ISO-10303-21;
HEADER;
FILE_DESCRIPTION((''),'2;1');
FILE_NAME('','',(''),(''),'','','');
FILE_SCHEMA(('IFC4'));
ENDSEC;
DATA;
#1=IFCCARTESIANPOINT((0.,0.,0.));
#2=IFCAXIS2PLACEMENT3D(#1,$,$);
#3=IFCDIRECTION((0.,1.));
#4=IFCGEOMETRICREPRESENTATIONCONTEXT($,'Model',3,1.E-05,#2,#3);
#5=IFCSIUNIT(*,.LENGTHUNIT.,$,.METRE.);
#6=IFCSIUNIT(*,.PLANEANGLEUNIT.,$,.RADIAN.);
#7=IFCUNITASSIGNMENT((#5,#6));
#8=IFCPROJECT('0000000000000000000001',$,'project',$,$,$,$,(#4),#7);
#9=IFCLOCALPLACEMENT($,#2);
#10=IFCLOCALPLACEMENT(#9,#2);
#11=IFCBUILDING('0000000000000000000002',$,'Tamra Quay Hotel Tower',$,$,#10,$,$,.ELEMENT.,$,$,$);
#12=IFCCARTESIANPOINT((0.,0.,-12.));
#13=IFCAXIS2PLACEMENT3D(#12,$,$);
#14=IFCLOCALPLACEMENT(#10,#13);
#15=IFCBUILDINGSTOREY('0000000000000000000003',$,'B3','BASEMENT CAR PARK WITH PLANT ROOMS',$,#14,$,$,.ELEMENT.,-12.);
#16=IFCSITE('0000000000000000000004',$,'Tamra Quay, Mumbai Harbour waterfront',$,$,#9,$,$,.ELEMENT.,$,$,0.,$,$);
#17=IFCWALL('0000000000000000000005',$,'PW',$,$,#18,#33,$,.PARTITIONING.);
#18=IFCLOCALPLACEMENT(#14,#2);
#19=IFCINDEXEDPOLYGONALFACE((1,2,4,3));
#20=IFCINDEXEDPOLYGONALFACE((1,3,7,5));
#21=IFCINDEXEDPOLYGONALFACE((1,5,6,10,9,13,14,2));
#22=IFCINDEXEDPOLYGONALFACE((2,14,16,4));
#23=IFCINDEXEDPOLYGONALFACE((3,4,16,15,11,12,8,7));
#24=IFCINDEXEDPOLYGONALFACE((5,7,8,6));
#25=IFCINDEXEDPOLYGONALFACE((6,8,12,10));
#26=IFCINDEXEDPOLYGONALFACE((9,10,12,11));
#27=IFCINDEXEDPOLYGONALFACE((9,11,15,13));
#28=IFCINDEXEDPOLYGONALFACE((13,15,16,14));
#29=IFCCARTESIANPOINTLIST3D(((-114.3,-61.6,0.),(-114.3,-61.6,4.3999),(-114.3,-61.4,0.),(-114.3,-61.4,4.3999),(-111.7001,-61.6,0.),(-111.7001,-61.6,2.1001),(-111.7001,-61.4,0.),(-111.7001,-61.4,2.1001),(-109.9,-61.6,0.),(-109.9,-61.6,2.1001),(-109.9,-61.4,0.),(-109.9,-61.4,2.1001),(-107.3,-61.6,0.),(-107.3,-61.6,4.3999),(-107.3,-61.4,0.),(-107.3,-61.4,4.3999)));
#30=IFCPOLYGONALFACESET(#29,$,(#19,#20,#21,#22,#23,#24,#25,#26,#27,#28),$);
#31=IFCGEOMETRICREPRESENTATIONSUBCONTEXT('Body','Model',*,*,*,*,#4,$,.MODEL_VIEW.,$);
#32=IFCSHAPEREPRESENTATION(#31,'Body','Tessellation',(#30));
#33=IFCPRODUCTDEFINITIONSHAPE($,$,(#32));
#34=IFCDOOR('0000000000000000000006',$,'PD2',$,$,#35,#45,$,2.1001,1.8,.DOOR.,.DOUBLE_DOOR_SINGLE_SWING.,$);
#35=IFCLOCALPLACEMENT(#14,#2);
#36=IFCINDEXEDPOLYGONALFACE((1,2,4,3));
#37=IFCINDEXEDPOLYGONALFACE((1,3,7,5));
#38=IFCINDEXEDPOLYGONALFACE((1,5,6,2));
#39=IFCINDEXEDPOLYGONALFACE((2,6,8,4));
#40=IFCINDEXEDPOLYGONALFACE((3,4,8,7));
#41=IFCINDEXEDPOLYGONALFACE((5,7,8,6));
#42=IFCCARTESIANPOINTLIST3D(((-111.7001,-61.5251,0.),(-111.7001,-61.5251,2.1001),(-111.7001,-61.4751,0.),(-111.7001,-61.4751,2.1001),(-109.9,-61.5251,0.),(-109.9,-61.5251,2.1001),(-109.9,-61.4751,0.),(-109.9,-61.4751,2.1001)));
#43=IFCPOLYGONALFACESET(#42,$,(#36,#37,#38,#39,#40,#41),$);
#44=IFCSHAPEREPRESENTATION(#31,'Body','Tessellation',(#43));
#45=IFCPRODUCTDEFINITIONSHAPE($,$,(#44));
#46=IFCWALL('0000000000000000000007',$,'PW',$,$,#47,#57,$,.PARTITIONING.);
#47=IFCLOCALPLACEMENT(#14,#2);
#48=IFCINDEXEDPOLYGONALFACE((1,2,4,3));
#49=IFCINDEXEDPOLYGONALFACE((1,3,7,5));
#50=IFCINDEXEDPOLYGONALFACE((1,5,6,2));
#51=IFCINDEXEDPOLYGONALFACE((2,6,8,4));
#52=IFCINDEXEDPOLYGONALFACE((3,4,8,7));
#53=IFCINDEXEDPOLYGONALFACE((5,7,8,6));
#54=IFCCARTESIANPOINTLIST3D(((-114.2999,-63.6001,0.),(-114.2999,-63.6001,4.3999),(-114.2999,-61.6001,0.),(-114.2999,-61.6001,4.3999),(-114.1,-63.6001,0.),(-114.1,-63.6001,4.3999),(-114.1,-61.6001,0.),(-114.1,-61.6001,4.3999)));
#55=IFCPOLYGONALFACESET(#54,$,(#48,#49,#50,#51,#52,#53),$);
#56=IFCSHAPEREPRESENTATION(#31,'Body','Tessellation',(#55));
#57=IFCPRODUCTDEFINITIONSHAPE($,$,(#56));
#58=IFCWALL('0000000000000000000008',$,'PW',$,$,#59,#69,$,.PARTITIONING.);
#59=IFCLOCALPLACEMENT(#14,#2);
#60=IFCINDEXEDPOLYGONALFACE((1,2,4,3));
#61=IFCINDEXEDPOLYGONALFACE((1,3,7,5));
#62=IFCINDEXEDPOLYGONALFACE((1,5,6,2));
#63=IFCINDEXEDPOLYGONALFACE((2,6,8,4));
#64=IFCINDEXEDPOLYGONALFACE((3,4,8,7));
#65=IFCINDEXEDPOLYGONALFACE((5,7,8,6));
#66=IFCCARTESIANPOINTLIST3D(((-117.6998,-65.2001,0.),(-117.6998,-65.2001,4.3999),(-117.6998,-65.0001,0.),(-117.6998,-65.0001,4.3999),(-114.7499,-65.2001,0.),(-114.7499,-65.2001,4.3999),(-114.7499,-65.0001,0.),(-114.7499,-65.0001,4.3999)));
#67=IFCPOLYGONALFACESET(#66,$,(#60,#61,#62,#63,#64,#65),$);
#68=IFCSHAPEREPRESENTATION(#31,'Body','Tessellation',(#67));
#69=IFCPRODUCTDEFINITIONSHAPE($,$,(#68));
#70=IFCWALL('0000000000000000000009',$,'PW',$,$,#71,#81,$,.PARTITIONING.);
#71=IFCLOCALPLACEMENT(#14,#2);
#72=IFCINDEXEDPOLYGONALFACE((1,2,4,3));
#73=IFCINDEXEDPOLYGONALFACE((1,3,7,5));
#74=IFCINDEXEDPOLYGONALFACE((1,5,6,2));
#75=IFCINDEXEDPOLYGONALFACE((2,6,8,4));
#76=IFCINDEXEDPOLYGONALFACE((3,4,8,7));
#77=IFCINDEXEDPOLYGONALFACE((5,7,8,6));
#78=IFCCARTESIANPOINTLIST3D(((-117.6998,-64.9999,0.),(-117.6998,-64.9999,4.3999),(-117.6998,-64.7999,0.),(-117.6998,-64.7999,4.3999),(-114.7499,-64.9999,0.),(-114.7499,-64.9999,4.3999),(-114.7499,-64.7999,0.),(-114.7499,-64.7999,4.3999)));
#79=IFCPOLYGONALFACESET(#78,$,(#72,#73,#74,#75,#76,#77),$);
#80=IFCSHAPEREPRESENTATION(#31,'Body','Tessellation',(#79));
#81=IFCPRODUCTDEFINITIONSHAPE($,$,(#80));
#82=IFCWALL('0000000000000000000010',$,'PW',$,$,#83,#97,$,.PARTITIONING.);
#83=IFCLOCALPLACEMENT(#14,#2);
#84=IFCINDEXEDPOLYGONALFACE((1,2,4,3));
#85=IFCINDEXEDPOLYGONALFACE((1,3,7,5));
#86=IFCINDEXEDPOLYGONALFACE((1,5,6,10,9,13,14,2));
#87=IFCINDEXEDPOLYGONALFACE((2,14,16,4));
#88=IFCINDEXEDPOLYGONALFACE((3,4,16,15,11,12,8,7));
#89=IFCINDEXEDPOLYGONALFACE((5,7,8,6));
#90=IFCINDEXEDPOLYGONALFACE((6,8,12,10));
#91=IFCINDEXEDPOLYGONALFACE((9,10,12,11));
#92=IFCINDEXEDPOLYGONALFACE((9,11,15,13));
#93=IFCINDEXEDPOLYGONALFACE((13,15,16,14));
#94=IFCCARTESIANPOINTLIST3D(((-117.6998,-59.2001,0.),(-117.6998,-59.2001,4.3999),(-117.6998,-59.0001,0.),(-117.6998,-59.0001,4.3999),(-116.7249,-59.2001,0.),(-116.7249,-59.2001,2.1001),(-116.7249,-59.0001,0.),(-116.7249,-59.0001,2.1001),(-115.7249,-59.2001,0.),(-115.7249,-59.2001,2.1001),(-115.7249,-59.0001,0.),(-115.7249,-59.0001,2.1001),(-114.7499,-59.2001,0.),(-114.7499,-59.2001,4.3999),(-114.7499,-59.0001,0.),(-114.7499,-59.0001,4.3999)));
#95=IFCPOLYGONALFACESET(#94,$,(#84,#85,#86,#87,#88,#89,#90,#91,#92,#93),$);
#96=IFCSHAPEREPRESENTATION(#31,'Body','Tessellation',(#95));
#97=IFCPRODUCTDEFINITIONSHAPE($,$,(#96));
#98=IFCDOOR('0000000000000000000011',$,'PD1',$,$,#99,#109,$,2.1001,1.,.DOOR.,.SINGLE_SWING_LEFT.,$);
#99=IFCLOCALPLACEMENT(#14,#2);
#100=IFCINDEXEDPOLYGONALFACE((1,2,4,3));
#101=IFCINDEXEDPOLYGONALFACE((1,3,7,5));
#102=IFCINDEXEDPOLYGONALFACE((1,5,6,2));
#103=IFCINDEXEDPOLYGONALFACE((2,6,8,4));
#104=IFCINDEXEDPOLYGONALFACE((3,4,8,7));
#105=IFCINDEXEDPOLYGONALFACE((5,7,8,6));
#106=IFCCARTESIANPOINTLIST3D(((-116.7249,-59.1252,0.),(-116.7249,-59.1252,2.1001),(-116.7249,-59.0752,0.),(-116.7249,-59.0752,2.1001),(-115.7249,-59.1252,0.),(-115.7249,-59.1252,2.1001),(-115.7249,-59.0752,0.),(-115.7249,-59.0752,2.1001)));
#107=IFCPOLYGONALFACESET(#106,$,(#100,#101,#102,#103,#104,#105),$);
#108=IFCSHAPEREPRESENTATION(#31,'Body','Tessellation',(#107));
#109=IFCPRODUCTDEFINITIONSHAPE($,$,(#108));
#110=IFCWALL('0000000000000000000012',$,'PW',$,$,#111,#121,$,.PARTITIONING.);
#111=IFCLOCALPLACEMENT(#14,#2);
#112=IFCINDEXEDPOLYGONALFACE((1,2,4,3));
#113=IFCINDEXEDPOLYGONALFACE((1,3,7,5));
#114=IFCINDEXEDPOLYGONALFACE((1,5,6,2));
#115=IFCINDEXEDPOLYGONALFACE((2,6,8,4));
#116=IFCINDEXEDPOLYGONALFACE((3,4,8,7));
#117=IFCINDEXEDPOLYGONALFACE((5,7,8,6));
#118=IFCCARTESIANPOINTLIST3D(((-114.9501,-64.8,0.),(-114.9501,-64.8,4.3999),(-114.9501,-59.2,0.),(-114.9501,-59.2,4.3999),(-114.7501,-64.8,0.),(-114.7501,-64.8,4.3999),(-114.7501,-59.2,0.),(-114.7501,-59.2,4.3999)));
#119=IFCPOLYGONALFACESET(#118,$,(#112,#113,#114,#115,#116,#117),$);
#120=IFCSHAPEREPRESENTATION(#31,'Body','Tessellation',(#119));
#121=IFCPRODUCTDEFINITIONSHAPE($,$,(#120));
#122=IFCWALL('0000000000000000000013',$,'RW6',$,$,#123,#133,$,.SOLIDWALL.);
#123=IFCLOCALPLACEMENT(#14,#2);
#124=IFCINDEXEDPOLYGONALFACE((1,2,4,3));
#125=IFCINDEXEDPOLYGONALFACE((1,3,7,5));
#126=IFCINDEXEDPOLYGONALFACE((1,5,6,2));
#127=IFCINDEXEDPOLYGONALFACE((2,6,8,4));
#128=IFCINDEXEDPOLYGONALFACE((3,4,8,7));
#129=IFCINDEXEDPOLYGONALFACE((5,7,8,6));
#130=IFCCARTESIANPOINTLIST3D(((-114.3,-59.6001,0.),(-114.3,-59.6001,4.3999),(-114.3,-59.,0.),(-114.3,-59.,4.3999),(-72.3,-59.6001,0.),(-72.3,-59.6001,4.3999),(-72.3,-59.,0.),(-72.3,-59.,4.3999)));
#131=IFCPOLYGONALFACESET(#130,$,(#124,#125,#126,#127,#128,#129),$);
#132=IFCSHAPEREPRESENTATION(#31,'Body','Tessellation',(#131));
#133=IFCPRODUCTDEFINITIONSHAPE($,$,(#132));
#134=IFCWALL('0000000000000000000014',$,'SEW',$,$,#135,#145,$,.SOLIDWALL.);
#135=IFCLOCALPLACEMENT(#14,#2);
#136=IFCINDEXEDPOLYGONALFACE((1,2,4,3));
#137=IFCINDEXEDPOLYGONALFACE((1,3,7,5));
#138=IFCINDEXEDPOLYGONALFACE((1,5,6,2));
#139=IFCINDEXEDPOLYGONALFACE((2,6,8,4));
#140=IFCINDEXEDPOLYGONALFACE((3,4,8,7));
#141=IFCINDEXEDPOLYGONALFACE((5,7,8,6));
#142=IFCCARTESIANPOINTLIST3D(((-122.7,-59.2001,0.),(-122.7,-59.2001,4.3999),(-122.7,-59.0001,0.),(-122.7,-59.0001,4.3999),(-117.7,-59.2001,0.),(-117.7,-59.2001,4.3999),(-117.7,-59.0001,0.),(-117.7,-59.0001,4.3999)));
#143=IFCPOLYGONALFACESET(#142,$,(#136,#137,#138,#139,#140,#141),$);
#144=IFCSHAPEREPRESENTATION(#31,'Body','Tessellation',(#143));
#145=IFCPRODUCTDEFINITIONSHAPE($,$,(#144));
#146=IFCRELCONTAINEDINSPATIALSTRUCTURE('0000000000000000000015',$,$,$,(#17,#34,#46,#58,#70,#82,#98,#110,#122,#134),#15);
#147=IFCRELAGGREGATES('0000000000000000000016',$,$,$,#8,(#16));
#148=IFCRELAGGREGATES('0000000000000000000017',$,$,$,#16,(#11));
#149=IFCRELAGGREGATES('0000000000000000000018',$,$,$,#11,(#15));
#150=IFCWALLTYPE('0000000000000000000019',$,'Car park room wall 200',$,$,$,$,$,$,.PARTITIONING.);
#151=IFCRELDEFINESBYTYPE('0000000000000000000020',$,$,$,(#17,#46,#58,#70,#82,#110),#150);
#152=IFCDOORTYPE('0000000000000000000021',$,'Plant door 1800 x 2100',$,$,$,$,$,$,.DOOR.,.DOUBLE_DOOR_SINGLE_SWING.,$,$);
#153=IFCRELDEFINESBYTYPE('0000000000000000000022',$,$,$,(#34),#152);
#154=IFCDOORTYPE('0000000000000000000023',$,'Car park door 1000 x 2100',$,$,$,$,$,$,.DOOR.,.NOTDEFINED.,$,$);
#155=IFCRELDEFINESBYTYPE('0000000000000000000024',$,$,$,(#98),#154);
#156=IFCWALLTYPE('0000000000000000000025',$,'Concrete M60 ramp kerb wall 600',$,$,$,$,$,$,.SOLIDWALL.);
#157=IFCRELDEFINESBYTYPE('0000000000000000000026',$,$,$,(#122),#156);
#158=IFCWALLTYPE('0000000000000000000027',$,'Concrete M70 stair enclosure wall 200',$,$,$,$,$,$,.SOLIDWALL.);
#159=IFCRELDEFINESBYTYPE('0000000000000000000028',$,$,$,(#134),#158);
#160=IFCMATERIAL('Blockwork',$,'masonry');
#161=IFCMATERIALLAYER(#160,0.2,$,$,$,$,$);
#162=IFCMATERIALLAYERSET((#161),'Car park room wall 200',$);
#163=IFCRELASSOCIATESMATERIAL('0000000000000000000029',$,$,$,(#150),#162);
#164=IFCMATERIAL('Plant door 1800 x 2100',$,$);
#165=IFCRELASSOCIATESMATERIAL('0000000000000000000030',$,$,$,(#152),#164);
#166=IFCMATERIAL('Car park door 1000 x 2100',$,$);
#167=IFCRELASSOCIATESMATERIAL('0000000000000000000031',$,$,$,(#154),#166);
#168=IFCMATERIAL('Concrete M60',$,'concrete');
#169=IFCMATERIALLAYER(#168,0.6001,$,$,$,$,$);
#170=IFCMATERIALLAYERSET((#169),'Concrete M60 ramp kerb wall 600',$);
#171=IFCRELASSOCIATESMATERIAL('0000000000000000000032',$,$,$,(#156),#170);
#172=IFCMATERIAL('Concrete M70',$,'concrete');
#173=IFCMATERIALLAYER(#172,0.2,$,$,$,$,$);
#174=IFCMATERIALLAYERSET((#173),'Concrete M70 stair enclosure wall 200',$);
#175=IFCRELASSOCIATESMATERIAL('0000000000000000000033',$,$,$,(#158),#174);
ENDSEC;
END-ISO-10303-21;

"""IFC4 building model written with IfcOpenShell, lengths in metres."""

from ifc_helpers import new_model, si_unit, direction, frame, frame_2d, origin, place, context, subcontext, project, spatial, rectangle, extrude, material, layer, layer_set, type_object, element, fill, save


model = new_model("IFC4")

# Units and contexts
model_context = context("Model", 3, precision=1e-05, world=origin(), true_north=direction((0.0, 1.0)))
body_context = subcontext(model_context, "Body", "Model", "MODEL_VIEW")
ifc_project = project(units=[si_unit("LENGTHUNIT", "METRE"), si_unit("PLANEANGLEUNIT", "RADIAN")], contexts=[model_context])

# Site, building, storey
site_placement = place(None, origin())
site = spatial("IfcSite", under=ifc_project, at=site_placement, Name="Tamra Quay, Mumbai Harbour waterfront", CompositionType="ELEMENT", RefElevation=0.0)
building_placement = place(site_placement, origin())
building = spatial("IfcBuilding", under=site, at=building_placement, Name="Tamra Quay Hotel Tower", CompositionType="ELEMENT")
storey_placement = place(building_placement, frame((0.0, 0.0, -12.0)))
storey = spatial("IfcBuildingStorey", under=building, at=storey_placement, Name="B3", Description="BASEMENT CAR PARK WITH PLANT ROOMS", CompositionType="ELEMENT", Elevation=-12.0)

# Shared definitions
ifc_material_1 = material(Name="Concrete M70", Category="concrete")

# Wall, opening, door
ifc_material_2 = material(Name="Blockwork", Category="masonry")
ifc_layer_1 = layer(ifc_material_2, 0.2)
ifc_layer_set_1 = layer_set([ifc_layer_1], Name="Car park room wall 200")
wall_type_1 = type_object("IfcWallType", Name="Car park room wall 200", PredefinedType="PARTITIONING", material=ifc_layer_set_1)
wall_1_placement = place(storey_placement, frame((-114.3, -61.5, 0.0), z_axis=(0.0, 0.0, 1.0), x_axis=(1.0, 0.0, 0.0)))
wall_1 = element("IfcWall", 1, at=wall_1_placement, inside=storey, type_object=wall_type_1, Name="PW", PredefinedType="PARTITIONING", context=body_context, shape_type="SweptSolid", body=[
    extrude(rectangle(XDim=7.0, YDim=0.2, at=frame_2d((3.5, 0.0))), origin(), (0.0, 0.0, 1.0), 4.3999),
])
opening_1_placement = place(wall_1_placement, frame((2.6001, 0.0, 0.0)))
opening_1 = element("IfcOpeningElement", 2, at=opening_1_placement, cuts=wall_1, PredefinedType="OPENING", context=body_context, shape_type="SweptSolid", body=[
    extrude(rectangle(XDim=1.8, YDim=2.1001, at=frame_2d((0.8999, 1.05))), frame((0.0, 0.1099, 0.0), z_axis=(0.0, -1.0, 0.0), x_axis=(1.0, 0.0, 0.0)), (0.0, 0.0, 1.0), 0.22),
])
ifc_material_3 = material(Name="Plant door 1800 x 2100")
door_type_1 = type_object("IfcDoorType", Name="Plant door 1800 x 2100", OperationType="DOUBLE_DOOR_SINGLE_SWING", PredefinedType="DOOR", material=ifc_material_3)
door_1_placement = place(opening_1_placement, origin())
door_1 = element("IfcDoor", 3, at=door_1_placement, inside=storey, type_object=door_type_1, Name="PD2", OperationType="DOUBLE_DOOR_SINGLE_SWING", OverallHeight=2.1001, OverallWidth=1.8, PredefinedType="DOOR", context=body_context, shape_type="SweptSolid", body=[
    extrude(rectangle(XDim=1.8, YDim=2.1001, at=frame_2d((0.8999, 1.05))), frame((0.0, 0.0249, 0.0), z_axis=(0.0, -1.0, 0.0), x_axis=(1.0, 0.0, 0.0)), (0.0, 0.0, 1.0), 0.05),
])
fill(opening_1, door_1)

# Walls
wall_2_placement = place(storey_placement, frame((-114.2, -63.6001, 0.0), z_axis=(0.0, 0.0, 1.0), x_axis=(0.0, 1.0, 0.0)))
element("IfcWall", 4, at=wall_2_placement, inside=storey, type_object=wall_type_1, Name="PW", PredefinedType="PARTITIONING", context=body_context, shape_type="SweptSolid", body=[
    extrude(rectangle(XDim=2.0, YDim=0.2, at=frame_2d((1.0, 0.0))), origin(), (0.0, 0.0, 1.0), 4.3999),
])
for number, where, z_axis, x_axis, name in (
    (5, (-117.7, -65.1001, 0.0), (0.0, 0.0, 1.0), (1.0, 0.0, 0.0), "PW"),
    (6, (-117.7, -64.8999, 0.0), (0.0, 0.0, 1.0), (1.0, 0.0, 0.0), "PW"),
):
    element("IfcWall", number, at=place(storey_placement, frame(where, z_axis=z_axis, x_axis=x_axis)), inside=storey, type_object=wall_type_1, Name=name, PredefinedType="PARTITIONING", context=body_context, shape_type="SweptSolid", body=[
        extrude(rectangle(XDim=2.95, YDim=0.2, at=frame_2d((1.4751, 0.0))), origin(), (0.0, 0.0, 1.0), 4.3999),
    ])

# Wall, opening, door
wall_3_placement = place(storey_placement, frame((-117.7, -59.1001, 0.0), z_axis=(0.0, 0.0, 1.0), x_axis=(1.0, 0.0, 0.0)))
wall_3 = element("IfcWall", 7, at=wall_3_placement, inside=storey, type_object=wall_type_1, Name="PW", PredefinedType="PARTITIONING", context=body_context, shape_type="SweptSolid", body=[
    extrude(rectangle(XDim=2.95, YDim=0.2, at=frame_2d((1.4751, 0.0))), origin(), (0.0, 0.0, 1.0), 4.3999),
])
opening_2_placement = place(wall_3_placement, frame((0.9751, 0.0, 0.0)))
opening_2 = element("IfcOpeningElement", 8, at=opening_2_placement, cuts=wall_3, PredefinedType="OPENING", context=body_context, shape_type="SweptSolid", body=[
    extrude(rectangle(XDim=1.0, YDim=2.1001, at=frame_2d((0.5, 1.05))), frame((0.0, 0.1099, 0.0), z_axis=(0.0, -1.0, 0.0), x_axis=(1.0, 0.0, 0.0)), (0.0, 0.0, 1.0), 0.22),
])
ifc_material_4 = material(Name="Car park door 1000 x 2100")
door_type_2 = type_object("IfcDoorType", Name="Car park door 1000 x 2100", OperationType="NOTDEFINED", PredefinedType="DOOR", material=ifc_material_4)
door_2_placement = place(opening_2_placement, origin())
door_2 = element("IfcDoor", 9, at=door_2_placement, inside=storey, type_object=door_type_2, Name="PD1", OperationType="SINGLE_SWING_LEFT", OverallHeight=2.1001, OverallWidth=1.0, PredefinedType="DOOR", context=body_context, shape_type="SweptSolid", body=[
    extrude(rectangle(XDim=1.0, YDim=2.1001, at=frame_2d((0.5, 1.05))), frame((0.0, 0.0249, 0.0), z_axis=(0.0, -1.0, 0.0), x_axis=(1.0, 0.0, 0.0)), (0.0, 0.0, 1.0), 0.05),
])
fill(opening_2, door_2)

# Walls
wall_4_placement = place(storey_placement, frame((-114.8501, -64.8, 0.0), z_axis=(0.0, 0.0, 1.0), x_axis=(0.0, 1.0, 0.0)))
element("IfcWall", 10, at=wall_4_placement, inside=storey, type_object=wall_type_1, Name="PW", PredefinedType="PARTITIONING", context=body_context, shape_type="SweptSolid", body=[
    extrude(rectangle(XDim=5.6001, YDim=0.2, at=frame_2d((2.8, 0.0))), origin(), (0.0, 0.0, 1.0), 4.3999),
])
ifc_material_5 = material(Name="Concrete M60", Category="concrete")
ifc_layer_2 = layer(ifc_material_5, 0.6001)
ifc_layer_set_2 = layer_set([ifc_layer_2], Name="Concrete M60 ramp kerb wall 600")
wall_type_2 = type_object("IfcWallType", Name="Concrete M60 ramp kerb wall 600", PredefinedType="SOLIDWALL", material=ifc_layer_set_2)
wall_5_placement = place(storey_placement, frame((-114.3, -59.3, 0.0), z_axis=(0.0, 0.0, 1.0), x_axis=(1.0, 0.0, 0.0)))
element("IfcWall", 11, at=wall_5_placement, inside=storey, type_object=wall_type_2, Name="RW6", PredefinedType="SOLIDWALL", context=body_context, shape_type="SweptSolid", body=[
    extrude(rectangle(XDim=42.0, YDim=0.6001, at=frame_2d((21.0, 0.0))), origin(), (0.0, 0.0, 1.0), 4.3999),
])
ifc_layer_3 = layer(ifc_material_1, 0.2)
ifc_layer_set_3 = layer_set([ifc_layer_3], Name="Concrete M70 stair enclosure wall 200")
wall_type_3 = type_object("IfcWallType", Name="Concrete M70 stair enclosure wall 200", PredefinedType="SOLIDWALL", material=ifc_layer_set_3)
wall_6_placement = place(storey_placement, frame((-122.7, -59.1001, 0.0), z_axis=(0.0, 0.0, 1.0), x_axis=(1.0, 0.0, 0.0)))
element("IfcWall", 12, at=wall_6_placement, inside=storey, type_object=wall_type_3, Name="SEW", PredefinedType="SOLIDWALL", context=body_context, shape_type="SweptSolid", body=[
    extrude(rectangle(XDim=5.0, YDim=0.2, at=frame_2d((2.5, 0.0))), origin(), (0.0, 0.0, 1.0), 4.3999),
])

save(model, "model.ifc")
